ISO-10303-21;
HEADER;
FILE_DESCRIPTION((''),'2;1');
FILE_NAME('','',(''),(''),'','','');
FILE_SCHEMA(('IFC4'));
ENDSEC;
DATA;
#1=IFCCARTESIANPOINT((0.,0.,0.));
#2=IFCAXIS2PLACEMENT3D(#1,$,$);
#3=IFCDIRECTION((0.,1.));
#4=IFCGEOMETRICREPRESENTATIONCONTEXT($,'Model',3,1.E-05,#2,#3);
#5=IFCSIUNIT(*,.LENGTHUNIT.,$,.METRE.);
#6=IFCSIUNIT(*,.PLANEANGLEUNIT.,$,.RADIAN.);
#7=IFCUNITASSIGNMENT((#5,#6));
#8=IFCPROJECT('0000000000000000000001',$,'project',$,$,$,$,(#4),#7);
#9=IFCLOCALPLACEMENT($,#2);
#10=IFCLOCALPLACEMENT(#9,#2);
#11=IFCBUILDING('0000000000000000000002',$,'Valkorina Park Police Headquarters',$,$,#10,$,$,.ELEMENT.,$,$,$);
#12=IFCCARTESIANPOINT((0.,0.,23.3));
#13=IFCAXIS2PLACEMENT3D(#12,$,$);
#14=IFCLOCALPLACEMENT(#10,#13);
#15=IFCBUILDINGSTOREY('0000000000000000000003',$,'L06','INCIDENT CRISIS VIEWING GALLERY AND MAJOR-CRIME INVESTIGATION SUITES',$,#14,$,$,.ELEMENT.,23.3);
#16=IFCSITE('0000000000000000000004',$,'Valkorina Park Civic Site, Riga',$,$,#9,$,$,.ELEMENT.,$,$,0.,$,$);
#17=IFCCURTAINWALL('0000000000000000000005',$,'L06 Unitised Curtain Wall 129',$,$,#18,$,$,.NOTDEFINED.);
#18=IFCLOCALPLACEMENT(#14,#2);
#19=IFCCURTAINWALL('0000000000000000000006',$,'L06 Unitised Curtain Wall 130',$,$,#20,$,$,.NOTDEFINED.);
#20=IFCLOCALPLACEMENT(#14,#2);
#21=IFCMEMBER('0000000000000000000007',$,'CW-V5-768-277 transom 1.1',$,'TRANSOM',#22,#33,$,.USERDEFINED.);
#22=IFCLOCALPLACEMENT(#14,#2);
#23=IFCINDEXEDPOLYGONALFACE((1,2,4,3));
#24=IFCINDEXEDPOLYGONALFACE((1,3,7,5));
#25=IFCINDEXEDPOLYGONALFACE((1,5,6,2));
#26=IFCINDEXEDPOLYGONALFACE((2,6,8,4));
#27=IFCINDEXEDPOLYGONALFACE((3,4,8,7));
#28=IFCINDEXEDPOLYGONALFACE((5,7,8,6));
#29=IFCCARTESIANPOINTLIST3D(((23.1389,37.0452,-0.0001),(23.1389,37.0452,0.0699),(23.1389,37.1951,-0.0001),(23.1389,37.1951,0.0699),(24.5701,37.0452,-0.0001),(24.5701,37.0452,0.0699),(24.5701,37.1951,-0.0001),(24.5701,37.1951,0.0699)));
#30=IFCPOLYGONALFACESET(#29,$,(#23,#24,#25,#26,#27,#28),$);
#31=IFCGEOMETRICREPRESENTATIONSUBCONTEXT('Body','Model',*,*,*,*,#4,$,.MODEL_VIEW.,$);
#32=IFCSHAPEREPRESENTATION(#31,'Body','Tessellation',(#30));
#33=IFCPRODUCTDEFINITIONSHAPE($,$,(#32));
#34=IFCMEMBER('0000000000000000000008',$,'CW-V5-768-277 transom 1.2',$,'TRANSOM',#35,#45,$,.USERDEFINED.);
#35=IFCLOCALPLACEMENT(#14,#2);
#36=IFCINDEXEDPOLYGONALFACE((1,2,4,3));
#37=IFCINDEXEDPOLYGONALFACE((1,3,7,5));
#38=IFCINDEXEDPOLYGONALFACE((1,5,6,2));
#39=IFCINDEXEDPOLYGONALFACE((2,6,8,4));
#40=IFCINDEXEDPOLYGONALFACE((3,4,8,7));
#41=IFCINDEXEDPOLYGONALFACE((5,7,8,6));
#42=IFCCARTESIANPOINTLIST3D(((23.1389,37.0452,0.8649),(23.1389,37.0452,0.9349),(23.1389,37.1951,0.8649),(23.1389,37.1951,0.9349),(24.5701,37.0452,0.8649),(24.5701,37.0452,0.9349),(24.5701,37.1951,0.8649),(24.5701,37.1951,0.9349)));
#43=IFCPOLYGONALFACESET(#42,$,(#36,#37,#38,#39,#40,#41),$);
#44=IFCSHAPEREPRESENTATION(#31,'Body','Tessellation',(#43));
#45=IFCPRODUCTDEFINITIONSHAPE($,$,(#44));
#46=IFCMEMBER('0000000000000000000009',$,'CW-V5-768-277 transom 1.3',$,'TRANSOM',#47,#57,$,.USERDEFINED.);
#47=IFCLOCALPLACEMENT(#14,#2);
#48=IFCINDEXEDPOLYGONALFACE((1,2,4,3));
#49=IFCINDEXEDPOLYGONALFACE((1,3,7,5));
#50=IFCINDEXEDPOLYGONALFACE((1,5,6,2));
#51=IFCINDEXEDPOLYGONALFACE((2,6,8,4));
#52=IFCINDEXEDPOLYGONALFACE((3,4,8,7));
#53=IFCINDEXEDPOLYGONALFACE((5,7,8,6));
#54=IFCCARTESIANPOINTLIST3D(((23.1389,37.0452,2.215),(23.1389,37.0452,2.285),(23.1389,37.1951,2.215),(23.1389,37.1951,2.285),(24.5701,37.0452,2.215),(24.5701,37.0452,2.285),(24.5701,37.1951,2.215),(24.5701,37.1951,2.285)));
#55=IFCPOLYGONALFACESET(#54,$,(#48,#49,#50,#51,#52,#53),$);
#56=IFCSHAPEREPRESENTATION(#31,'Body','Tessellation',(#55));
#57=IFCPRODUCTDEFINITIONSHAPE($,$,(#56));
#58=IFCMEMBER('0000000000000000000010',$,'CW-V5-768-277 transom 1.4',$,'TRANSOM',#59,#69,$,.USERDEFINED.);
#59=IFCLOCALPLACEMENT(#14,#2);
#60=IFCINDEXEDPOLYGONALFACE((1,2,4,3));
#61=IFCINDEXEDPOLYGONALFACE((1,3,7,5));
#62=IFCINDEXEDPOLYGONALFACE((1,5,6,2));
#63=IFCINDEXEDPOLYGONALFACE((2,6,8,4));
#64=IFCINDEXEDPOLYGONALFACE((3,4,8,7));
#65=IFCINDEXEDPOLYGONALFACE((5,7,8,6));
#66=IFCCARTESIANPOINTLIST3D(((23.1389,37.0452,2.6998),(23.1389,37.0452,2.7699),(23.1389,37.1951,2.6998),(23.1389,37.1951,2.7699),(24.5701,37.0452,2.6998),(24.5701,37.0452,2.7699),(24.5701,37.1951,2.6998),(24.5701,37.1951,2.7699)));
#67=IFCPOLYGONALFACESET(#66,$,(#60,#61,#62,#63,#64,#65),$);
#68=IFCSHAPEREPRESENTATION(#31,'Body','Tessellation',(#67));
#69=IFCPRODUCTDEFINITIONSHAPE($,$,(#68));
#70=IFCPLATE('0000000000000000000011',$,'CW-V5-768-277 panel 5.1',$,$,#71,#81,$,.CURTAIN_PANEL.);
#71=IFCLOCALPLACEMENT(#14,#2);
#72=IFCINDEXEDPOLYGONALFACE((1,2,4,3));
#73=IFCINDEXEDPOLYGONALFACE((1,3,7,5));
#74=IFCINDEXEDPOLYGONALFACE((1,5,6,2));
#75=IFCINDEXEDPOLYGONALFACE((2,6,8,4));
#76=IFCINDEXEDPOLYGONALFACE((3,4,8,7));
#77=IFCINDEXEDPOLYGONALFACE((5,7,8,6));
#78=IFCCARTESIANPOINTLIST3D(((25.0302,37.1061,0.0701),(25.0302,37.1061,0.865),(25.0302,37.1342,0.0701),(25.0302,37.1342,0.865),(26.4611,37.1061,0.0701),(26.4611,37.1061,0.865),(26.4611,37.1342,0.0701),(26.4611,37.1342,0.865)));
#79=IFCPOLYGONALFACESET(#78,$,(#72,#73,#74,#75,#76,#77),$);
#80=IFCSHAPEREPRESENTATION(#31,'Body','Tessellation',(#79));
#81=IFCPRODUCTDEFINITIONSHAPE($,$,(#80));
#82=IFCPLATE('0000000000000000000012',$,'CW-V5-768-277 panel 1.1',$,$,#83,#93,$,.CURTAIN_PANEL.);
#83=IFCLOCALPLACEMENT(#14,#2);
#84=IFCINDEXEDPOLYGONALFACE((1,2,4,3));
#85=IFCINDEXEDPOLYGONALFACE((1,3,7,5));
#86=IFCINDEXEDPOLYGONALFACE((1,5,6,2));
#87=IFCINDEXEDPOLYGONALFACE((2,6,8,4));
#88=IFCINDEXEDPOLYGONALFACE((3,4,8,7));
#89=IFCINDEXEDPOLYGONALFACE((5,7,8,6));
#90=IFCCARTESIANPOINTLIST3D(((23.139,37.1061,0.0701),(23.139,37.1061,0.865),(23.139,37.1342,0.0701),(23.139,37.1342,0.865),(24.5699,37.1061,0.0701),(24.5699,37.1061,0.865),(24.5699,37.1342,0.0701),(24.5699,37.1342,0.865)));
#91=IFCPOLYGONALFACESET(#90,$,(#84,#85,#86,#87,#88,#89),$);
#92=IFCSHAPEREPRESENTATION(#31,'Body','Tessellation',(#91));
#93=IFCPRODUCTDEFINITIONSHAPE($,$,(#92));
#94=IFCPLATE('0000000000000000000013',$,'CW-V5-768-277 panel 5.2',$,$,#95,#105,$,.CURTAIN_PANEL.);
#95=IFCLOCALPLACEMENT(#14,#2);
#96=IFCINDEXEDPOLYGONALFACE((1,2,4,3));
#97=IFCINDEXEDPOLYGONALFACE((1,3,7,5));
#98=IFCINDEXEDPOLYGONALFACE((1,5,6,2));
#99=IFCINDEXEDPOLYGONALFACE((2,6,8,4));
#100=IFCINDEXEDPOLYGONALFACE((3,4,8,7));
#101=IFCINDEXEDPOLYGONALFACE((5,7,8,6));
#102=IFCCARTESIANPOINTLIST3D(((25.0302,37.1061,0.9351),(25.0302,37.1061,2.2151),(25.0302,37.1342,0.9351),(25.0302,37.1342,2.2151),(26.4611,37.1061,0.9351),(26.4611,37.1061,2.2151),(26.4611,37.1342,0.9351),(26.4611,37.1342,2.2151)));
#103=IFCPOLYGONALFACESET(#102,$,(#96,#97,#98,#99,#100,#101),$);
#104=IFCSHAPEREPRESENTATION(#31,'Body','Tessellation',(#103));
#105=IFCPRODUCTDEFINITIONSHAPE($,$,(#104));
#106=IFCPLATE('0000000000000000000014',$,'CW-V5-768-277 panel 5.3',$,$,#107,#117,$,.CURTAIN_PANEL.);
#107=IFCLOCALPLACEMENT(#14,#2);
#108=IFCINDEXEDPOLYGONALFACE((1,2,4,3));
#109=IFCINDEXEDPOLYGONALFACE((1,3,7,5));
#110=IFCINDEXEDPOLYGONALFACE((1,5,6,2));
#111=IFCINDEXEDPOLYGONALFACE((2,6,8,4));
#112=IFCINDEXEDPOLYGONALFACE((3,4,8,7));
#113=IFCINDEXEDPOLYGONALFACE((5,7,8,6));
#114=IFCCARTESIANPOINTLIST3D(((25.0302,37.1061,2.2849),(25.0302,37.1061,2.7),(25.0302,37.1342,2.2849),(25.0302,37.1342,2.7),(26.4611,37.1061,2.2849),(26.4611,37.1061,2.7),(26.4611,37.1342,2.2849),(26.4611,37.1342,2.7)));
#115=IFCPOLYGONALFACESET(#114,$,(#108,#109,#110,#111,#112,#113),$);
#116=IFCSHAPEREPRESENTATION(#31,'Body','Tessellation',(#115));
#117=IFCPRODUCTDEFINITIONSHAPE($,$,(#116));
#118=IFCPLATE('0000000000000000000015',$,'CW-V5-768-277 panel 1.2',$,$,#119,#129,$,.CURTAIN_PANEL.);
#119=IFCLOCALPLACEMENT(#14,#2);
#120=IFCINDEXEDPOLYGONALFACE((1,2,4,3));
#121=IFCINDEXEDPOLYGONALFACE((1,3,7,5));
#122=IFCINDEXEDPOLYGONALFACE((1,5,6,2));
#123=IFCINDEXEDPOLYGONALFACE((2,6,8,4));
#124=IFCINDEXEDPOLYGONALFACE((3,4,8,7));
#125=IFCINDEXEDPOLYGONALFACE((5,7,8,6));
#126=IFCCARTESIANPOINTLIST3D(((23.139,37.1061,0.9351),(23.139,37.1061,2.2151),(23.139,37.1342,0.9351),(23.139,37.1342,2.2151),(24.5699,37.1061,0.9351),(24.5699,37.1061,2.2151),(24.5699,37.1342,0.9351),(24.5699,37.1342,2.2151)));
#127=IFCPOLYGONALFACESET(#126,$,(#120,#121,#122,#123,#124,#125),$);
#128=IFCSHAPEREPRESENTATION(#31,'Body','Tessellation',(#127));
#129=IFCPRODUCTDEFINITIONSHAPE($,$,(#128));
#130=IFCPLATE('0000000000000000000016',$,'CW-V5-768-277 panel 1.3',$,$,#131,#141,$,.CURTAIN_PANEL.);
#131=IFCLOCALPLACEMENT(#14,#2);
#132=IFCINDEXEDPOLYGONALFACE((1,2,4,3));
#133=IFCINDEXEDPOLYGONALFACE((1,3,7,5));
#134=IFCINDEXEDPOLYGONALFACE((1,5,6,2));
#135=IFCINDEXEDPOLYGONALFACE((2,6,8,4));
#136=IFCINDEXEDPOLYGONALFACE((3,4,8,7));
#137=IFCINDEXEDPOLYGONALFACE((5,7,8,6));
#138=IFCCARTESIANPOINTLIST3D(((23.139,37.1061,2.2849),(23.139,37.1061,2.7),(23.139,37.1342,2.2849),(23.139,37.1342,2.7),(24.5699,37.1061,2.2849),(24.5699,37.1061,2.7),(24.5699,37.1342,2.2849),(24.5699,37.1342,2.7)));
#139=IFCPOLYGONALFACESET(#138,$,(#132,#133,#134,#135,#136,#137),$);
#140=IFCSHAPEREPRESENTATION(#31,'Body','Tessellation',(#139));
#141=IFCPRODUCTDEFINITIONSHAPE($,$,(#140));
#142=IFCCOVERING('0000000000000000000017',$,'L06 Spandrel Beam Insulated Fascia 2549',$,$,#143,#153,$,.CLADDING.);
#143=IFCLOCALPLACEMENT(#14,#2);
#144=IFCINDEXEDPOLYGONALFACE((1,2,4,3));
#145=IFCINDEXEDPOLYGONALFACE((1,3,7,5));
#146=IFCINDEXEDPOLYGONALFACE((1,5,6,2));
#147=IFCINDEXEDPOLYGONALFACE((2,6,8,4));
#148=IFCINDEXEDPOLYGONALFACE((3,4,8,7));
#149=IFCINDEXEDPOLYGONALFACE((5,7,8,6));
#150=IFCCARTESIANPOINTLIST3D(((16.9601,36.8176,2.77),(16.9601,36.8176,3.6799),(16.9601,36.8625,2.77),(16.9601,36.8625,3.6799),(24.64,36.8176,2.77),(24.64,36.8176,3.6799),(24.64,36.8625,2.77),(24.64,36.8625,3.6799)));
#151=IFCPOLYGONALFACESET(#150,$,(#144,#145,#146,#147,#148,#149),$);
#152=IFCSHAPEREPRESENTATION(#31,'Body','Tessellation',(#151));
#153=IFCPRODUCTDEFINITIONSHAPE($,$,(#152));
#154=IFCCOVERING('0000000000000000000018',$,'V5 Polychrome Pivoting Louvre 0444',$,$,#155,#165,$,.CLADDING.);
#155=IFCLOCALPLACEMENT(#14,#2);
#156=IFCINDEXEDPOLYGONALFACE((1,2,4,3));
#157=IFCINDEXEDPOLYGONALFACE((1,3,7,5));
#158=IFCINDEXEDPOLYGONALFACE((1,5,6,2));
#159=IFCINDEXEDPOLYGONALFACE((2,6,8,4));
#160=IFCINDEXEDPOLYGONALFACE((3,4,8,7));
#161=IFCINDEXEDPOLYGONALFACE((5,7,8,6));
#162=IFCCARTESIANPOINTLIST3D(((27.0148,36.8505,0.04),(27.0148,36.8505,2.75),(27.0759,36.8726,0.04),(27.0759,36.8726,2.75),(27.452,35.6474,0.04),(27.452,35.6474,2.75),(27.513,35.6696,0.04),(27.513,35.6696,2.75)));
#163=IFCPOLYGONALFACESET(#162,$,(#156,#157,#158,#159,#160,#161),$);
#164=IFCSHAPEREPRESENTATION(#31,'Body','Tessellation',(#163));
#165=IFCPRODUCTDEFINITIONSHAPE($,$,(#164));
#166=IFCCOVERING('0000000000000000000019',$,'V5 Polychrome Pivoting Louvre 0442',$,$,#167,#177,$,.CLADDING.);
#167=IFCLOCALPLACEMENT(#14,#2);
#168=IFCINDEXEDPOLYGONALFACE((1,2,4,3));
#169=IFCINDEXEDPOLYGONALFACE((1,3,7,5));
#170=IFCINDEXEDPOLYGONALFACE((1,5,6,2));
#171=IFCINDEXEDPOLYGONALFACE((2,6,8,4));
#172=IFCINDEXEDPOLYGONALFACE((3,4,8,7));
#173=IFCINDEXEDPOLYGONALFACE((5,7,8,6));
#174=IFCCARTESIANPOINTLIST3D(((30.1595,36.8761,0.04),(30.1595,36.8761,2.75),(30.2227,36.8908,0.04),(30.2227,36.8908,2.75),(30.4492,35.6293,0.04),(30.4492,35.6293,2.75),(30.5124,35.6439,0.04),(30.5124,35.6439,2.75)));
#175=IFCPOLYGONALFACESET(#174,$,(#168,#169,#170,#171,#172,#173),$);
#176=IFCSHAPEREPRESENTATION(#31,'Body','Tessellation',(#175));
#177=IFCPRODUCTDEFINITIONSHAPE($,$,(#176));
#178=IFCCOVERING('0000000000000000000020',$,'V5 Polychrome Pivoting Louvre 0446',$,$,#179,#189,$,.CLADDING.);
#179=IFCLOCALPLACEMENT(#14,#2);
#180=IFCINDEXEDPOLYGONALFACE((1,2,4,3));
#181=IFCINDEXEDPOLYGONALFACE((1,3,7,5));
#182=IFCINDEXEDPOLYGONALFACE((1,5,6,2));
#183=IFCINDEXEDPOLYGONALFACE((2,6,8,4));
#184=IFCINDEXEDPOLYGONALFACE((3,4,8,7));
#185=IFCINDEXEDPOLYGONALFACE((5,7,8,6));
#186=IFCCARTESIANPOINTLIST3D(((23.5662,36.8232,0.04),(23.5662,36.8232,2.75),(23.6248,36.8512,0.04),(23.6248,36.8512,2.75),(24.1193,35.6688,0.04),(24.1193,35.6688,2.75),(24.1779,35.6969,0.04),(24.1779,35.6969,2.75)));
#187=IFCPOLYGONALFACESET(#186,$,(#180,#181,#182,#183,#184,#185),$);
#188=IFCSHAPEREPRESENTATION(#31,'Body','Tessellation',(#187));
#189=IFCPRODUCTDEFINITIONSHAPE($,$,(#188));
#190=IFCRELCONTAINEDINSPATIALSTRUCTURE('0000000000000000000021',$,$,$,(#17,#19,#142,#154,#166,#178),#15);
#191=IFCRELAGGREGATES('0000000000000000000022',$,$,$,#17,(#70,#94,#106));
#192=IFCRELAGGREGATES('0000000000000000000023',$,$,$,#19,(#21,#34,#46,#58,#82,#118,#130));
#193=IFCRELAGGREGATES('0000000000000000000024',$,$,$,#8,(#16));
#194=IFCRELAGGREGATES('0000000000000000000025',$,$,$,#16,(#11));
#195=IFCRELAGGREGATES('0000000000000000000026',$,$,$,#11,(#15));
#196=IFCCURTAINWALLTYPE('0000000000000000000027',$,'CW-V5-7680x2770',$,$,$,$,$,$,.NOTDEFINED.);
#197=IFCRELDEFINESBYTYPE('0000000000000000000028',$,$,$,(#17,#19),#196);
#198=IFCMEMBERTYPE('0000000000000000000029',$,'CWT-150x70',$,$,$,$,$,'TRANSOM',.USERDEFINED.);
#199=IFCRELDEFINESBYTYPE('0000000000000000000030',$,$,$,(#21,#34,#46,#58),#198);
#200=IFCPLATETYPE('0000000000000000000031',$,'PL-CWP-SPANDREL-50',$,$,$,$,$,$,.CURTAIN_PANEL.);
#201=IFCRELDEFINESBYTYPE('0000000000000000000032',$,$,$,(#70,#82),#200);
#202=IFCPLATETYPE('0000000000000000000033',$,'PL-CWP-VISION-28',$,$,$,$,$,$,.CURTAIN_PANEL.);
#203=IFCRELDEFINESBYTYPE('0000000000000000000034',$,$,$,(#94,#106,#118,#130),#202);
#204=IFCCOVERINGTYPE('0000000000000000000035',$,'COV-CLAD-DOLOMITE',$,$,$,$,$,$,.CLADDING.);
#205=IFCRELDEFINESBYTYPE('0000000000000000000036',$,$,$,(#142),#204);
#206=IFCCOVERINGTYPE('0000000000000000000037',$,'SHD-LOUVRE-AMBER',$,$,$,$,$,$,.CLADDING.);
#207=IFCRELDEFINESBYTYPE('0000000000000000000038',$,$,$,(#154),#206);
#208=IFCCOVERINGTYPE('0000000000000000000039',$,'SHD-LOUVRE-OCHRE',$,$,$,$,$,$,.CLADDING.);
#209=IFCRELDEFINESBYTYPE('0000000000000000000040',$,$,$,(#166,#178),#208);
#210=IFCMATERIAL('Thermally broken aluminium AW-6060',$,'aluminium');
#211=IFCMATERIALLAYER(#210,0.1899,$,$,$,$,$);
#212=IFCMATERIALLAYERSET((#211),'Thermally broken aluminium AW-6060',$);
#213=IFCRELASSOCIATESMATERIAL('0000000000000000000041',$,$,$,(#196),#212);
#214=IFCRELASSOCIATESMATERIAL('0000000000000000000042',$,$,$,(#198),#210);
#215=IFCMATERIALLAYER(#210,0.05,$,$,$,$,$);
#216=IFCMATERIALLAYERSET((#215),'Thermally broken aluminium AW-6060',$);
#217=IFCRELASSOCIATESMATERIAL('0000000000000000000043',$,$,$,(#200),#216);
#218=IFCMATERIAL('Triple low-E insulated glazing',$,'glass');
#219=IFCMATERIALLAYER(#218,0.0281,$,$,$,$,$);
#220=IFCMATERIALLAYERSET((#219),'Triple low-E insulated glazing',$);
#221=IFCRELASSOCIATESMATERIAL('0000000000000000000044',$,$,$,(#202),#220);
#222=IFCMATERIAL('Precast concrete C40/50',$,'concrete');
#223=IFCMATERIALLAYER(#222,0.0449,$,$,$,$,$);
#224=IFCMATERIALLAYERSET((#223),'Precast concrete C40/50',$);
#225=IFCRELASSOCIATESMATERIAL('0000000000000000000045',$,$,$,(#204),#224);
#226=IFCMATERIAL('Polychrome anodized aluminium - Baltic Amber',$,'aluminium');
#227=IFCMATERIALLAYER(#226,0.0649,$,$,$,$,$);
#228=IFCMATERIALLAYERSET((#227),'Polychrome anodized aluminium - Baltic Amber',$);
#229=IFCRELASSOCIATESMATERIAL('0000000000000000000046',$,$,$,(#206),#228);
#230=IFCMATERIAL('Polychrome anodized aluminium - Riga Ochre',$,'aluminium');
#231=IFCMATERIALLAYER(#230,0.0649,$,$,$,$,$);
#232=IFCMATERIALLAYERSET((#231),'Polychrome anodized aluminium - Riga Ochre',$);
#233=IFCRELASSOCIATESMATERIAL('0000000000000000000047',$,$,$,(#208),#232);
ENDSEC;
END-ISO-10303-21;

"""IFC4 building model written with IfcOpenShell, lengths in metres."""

from ifc_helpers import new_model, si_unit, direction, frame, frame_2d, origin, origin_2d, place, context, subcontext, project, spatial, rectangle, extrude, material, layer, layer_set, material_profile, profile_set, type_object, element, aggregate, save


model = new_model("IFC4")

# Units and contexts
model_context = context("Model", 3, precision=1e-05, world=origin(), true_north=direction((0.0, 1.0)))
body_context = subcontext(model_context, "Body", "Model", "MODEL_VIEW")
ifc_project = project(units=[si_unit("LENGTHUNIT", "METRE"), si_unit("PLANEANGLEUNIT", "RADIAN")], contexts=[model_context])

# Site, building, storey
site_placement = place(None, origin())
site = spatial("IfcSite", under=ifc_project, at=site_placement, Name="Valkorina Park Civic Site, Riga", CompositionType="ELEMENT", RefElevation=0.0)
building_placement = place(site_placement, origin())
building = spatial("IfcBuilding", under=site, at=building_placement, Name="Valkorina Park Police Headquarters", CompositionType="ELEMENT")
storey_placement = place(building_placement, frame((0.0, 0.0, 23.3)))
storey = spatial("IfcBuildingStorey", under=building, at=storey_placement, Name="L06", Description="INCIDENT CRISIS VIEWING GALLERY AND MAJOR-CRIME INVESTIGATION SUITES", CompositionType="ELEMENT", Elevation=23.3)

# Curtain wall
ifc_material_1 = material(Name="Thermally broken aluminium AW-6060", Category="aluminium")
ifc_layer_1 = layer(ifc_material_1, 0.1899)
ifc_layer_set_1 = layer_set([ifc_layer_1], Name="Thermally broken aluminium AW-6060")
curtain_wall_type = type_object("IfcCurtainWallType", Name="CW-V5-7680x2770", PredefinedType="NOTDEFINED", material=ifc_layer_set_1)
curtain_wall_1_placement = place(storey_placement, origin())
curtain_wall_1 = element("IfcCurtainWall", 1, at=curtain_wall_1_placement, inside=storey, type_object=curtain_wall_type, Name="L06 Unitised Curtain Wall 129", PredefinedType="NOTDEFINED")

# Curtain wall
curtain_wall_2_placement = place(storey_placement, origin())
curtain_wall_2 = element("IfcCurtainWall", 2, at=curtain_wall_2_placement, inside=storey, type_object=curtain_wall_type, Name="L06 Unitised Curtain Wall 130", PredefinedType="NOTDEFINED")

# Members
ifc_material_profile_1 = material_profile(ifc_material_1, rectangle(XDim=0.1499, YDim=0.0701, at=origin_2d()), Name="CWT-02 150x70")
ifc_profile_set_1 = profile_set([ifc_material_profile_1], Name="Thermally broken aluminium AW-6060")
member_type_1 = type_object("IfcMemberType", Name="CWT-150x70", ElementType="TRANSOM", PredefinedType="USERDEFINED", material=ifc_profile_set_1)
member_1_placement = place(storey_placement, frame((24.5701, 37.1201, 0.0349), z_axis=(-1.0, 0.0, 0.0), x_axis=(0.0, -1.0, 0.0)))
member_1 = element("IfcMember", 3, at=member_1_placement, type_object=member_type_1, Name="CW-V5-768-277 transom 1.1", ObjectType="TRANSOM", PredefinedType="USERDEFINED", context=body_context, shape_type="SweptSolid", body=[
    extrude(rectangle(XDim=0.1499, YDim=0.0701, at=origin_2d()), origin(), (0.0, 0.0, 1.0), 1.4312),
])
member_2_placement = place(storey_placement, frame((24.5701, 37.1201, 0.8999), z_axis=(-1.0, 0.0, 0.0), x_axis=(0.0, -1.0, 0.0)))
member_2 = element("IfcMember", 4, at=member_2_placement, type_object=member_type_1, Name="CW-V5-768-277 transom 1.2", ObjectType="TRANSOM", PredefinedType="USERDEFINED", context=body_context, shape_type="SweptSolid", body=[
    extrude(rectangle(XDim=0.1499, YDim=0.0701, at=origin_2d()), origin(), (0.0, 0.0, 1.0), 1.4312),
])
member_3_placement = place(storey_placement, frame((24.5701, 37.1201, 2.25), z_axis=(-1.0, 0.0, 0.0), x_axis=(0.0, -1.0, 0.0)))
member_3 = element("IfcMember", 5, at=member_3_placement, type_object=member_type_1, Name="CW-V5-768-277 transom 1.3", ObjectType="TRANSOM", PredefinedType="USERDEFINED", context=body_context, shape_type="SweptSolid", body=[
    extrude(rectangle(XDim=0.1499, YDim=0.0701, at=origin_2d()), origin(), (0.0, 0.0, 1.0), 1.4312),
])
member_4_placement = place(storey_placement, frame((24.5701, 37.1201, 2.7349), z_axis=(-1.0, 0.0, 0.0), x_axis=(0.0, -1.0, 0.0)))
member_4 = element("IfcMember", 6, at=member_4_placement, type_object=member_type_1, Name="CW-V5-768-277 transom 1.4", ObjectType="TRANSOM", PredefinedType="USERDEFINED", context=body_context, shape_type="SweptSolid", body=[
    extrude(rectangle(XDim=0.1499, YDim=0.0701, at=origin_2d()), origin(), (0.0, 0.0, 1.0), 1.4312),
])

# Plates
ifc_layer_2 = layer(ifc_material_1, 0.05)
ifc_layer_set_2 = layer_set([ifc_layer_2], Name="Thermally broken aluminium AW-6060")
plate_type_1 = type_object("IfcPlateType", Name="PL-CWP-SPANDREL-50", PredefinedType="CURTAIN_PANEL", material=ifc_layer_set_2)
plate_1_placement = place(storey_placement, frame((25.7456, 37.1201, 0.0701), z_axis=(0.0, 0.0, 1.0), x_axis=(-1.0, 0.0, 0.0)))
plate_1 = element("IfcPlate", 7, at=plate_1_placement, type_object=plate_type_1, Name="CW-V5-768-277 panel 5.1", PredefinedType="CURTAIN_PANEL", context=body_context, shape_type="SweptSolid", body=[
    extrude(rectangle(XDim=1.4309, YDim=0.0281, at=origin_2d()), origin(), (0.0, 0.0, 1.0), 0.7949),
])
plate_2_placement = place(storey_placement, frame((23.8545, 37.1201, 0.0701), z_axis=(0.0, 0.0, 1.0), x_axis=(-1.0, 0.0, 0.0)))
plate_2 = element("IfcPlate", 8, at=plate_2_placement, type_object=plate_type_1, Name="CW-V5-768-277 panel 1.1", PredefinedType="CURTAIN_PANEL", context=body_context, shape_type="SweptSolid", body=[
    extrude(rectangle(XDim=1.4309, YDim=0.0281, at=origin_2d()), origin(), (0.0, 0.0, 1.0), 0.7949),
])
ifc_material_2 = material(Name="Triple low-E insulated glazing", Category="glass")
ifc_layer_3 = layer(ifc_material_2, 0.0281)
ifc_layer_set_3 = layer_set([ifc_layer_3], Name="Triple low-E insulated glazing")
plate_type_2 = type_object("IfcPlateType", Name="PL-CWP-VISION-28", PredefinedType="CURTAIN_PANEL", material=ifc_layer_set_3)
plate_3_placement = place(storey_placement, frame((25.7456, 37.1201, 0.9351), z_axis=(0.0, 0.0, 1.0), x_axis=(-1.0, 0.0, 0.0)))
plate_3 = element("IfcPlate", 9, at=plate_3_placement, type_object=plate_type_2, Name="CW-V5-768-277 panel 5.2", PredefinedType="CURTAIN_PANEL", context=body_context, shape_type="SweptSolid", body=[
    extrude(rectangle(XDim=1.4309, YDim=0.0281, at=origin_2d()), origin(), (0.0, 0.0, 1.0), 1.28),
])
plate_4_placement = place(storey_placement, frame((25.7456, 37.1201, 2.2849), z_axis=(0.0, 0.0, 1.0), x_axis=(-1.0, 0.0, 0.0)))
plate_4 = element("IfcPlate", 10, at=plate_4_placement, type_object=plate_type_2, Name="CW-V5-768-277 panel 5.3", PredefinedType="CURTAIN_PANEL", context=body_context, shape_type="SweptSolid", body=[
    extrude(rectangle(XDim=1.4309, YDim=0.0281, at=origin_2d()), origin(), (0.0, 0.0, 1.0), 0.415),
])
aggregate(curtain_wall_1, [plate_1, plate_3, plate_4])
plate_5_placement = place(storey_placement, frame((23.8545, 37.1201, 0.9351), z_axis=(0.0, 0.0, 1.0), x_axis=(-1.0, 0.0, 0.0)))
plate_5 = element("IfcPlate", 11, at=plate_5_placement, type_object=plate_type_2, Name="CW-V5-768-277 panel 1.2", PredefinedType="CURTAIN_PANEL", context=body_context, shape_type="SweptSolid", body=[
    extrude(rectangle(XDim=1.4309, YDim=0.0281, at=origin_2d()), origin(), (0.0, 0.0, 1.0), 1.28),
])
plate_6_placement = place(storey_placement, frame((23.8545, 37.1201, 2.2849), z_axis=(0.0, 0.0, 1.0), x_axis=(-1.0, 0.0, 0.0)))
plate_6 = element("IfcPlate", 12, at=plate_6_placement, type_object=plate_type_2, Name="CW-V5-768-277 panel 1.3", PredefinedType="CURTAIN_PANEL", context=body_context, shape_type="SweptSolid", body=[
    extrude(rectangle(XDim=1.4309, YDim=0.0281, at=origin_2d()), origin(), (0.0, 0.0, 1.0), 0.415),
])
aggregate(curtain_wall_2, [member_1, member_2, member_3, member_4, plate_2, plate_5, plate_6])

# Coverings
ifc_material_3 = material(Name="Precast concrete C40/50", Category="concrete")
ifc_layer_4 = layer(ifc_material_3, 0.0449)
ifc_layer_set_4 = layer_set([ifc_layer_4], Name="Precast concrete C40/50")
covering_type_1 = type_object("IfcCoveringType", Name="COV-CLAD-DOLOMITE", PredefinedType="CLADDING", material=ifc_layer_set_4)
covering_1_placement = place(storey_placement, frame((24.6399, 36.8401, 2.77), z_axis=(0.0, 0.0, 1.0), x_axis=(-1.0, 0.0, 0.0)))
element("IfcCovering", 13, at=covering_1_placement, inside=storey, type_object=covering_type_1, Name="L06 Spandrel Beam Insulated Fascia 2549", PredefinedType="CLADDING", context=body_context, shape_type="SweptSolid", body=[
    extrude(rectangle(XDim=7.6799, YDim=0.0449, at=frame_2d((3.8398, 0.0))), origin(), (0.0, 0.0, 1.0), 0.9099),
])
ifc_material_4 = material(Name="Polychrome anodized aluminium - Baltic Amber", Category="aluminium")
ifc_layer_5 = layer(ifc_material_4, 0.0649)
ifc_layer_set_5 = layer_set([ifc_layer_5], Name="Polychrome anodized aluminium - Baltic Amber")
covering_type_2 = type_object("IfcCoveringType", Name="SHD-LOUVRE-AMBER", PredefinedType="CLADDING", material=ifc_layer_set_5)
covering_2_placement = place(storey_placement, frame((27.2639, 36.26, 0.04), z_axis=(0.0, 0.0, 1.0), x_axis=(0.341528, -0.939872, 0.0)))
element("IfcCovering", 14, at=covering_2_placement, inside=storey, type_object=covering_type_2, Name="V5 Polychrome Pivoting Louvre 0444", PredefinedType="CLADDING", context=body_context, shape_type="SweptSolid", body=[
    extrude(rectangle(XDim=1.28, YDim=0.0649, at=origin_2d()), origin(), (0.0, 0.0, 1.0), 2.71),
])
ifc_material_5 = material(Name="Polychrome anodized aluminium - Riga Ochre", Category="aluminium")
ifc_layer_6 = layer(ifc_material_5, 0.0649)
ifc_layer_set_6 = layer_set([ifc_layer_6], Name="Polychrome anodized aluminium - Riga Ochre")
covering_type_3 = type_object("IfcCoveringType", Name="SHD-LOUVRE-OCHRE", PredefinedType="CLADDING", material=ifc_layer_set_6)
for number, where, z_axis, x_axis, name in (
    (15, (30.3359, 36.26, 0.04), (0.0, 0.0, 1.0), (0.226311, -0.974055, 0.0), "V5 Polychrome Pivoting Louvre 0442"),
    (16, (23.8721, 36.26, 0.04), (0.0, 0.0, 1.0), (0.432086, -0.901833, 0.0), "V5 Polychrome Pivoting Louvre 0446"),
):
    element("IfcCovering", number, at=place(storey_placement, frame(where, z_axis=z_axis, x_axis=x_axis)), inside=storey, type_object=covering_type_3, Name=name, PredefinedType="CLADDING", context=body_context, shape_type="SweptSolid", body=[
        extrude(rectangle(XDim=1.28, YDim=0.0649, at=origin_2d()), origin(), (0.0, 0.0, 1.0), 2.71),
    ])

save(model, "model.ifc")
